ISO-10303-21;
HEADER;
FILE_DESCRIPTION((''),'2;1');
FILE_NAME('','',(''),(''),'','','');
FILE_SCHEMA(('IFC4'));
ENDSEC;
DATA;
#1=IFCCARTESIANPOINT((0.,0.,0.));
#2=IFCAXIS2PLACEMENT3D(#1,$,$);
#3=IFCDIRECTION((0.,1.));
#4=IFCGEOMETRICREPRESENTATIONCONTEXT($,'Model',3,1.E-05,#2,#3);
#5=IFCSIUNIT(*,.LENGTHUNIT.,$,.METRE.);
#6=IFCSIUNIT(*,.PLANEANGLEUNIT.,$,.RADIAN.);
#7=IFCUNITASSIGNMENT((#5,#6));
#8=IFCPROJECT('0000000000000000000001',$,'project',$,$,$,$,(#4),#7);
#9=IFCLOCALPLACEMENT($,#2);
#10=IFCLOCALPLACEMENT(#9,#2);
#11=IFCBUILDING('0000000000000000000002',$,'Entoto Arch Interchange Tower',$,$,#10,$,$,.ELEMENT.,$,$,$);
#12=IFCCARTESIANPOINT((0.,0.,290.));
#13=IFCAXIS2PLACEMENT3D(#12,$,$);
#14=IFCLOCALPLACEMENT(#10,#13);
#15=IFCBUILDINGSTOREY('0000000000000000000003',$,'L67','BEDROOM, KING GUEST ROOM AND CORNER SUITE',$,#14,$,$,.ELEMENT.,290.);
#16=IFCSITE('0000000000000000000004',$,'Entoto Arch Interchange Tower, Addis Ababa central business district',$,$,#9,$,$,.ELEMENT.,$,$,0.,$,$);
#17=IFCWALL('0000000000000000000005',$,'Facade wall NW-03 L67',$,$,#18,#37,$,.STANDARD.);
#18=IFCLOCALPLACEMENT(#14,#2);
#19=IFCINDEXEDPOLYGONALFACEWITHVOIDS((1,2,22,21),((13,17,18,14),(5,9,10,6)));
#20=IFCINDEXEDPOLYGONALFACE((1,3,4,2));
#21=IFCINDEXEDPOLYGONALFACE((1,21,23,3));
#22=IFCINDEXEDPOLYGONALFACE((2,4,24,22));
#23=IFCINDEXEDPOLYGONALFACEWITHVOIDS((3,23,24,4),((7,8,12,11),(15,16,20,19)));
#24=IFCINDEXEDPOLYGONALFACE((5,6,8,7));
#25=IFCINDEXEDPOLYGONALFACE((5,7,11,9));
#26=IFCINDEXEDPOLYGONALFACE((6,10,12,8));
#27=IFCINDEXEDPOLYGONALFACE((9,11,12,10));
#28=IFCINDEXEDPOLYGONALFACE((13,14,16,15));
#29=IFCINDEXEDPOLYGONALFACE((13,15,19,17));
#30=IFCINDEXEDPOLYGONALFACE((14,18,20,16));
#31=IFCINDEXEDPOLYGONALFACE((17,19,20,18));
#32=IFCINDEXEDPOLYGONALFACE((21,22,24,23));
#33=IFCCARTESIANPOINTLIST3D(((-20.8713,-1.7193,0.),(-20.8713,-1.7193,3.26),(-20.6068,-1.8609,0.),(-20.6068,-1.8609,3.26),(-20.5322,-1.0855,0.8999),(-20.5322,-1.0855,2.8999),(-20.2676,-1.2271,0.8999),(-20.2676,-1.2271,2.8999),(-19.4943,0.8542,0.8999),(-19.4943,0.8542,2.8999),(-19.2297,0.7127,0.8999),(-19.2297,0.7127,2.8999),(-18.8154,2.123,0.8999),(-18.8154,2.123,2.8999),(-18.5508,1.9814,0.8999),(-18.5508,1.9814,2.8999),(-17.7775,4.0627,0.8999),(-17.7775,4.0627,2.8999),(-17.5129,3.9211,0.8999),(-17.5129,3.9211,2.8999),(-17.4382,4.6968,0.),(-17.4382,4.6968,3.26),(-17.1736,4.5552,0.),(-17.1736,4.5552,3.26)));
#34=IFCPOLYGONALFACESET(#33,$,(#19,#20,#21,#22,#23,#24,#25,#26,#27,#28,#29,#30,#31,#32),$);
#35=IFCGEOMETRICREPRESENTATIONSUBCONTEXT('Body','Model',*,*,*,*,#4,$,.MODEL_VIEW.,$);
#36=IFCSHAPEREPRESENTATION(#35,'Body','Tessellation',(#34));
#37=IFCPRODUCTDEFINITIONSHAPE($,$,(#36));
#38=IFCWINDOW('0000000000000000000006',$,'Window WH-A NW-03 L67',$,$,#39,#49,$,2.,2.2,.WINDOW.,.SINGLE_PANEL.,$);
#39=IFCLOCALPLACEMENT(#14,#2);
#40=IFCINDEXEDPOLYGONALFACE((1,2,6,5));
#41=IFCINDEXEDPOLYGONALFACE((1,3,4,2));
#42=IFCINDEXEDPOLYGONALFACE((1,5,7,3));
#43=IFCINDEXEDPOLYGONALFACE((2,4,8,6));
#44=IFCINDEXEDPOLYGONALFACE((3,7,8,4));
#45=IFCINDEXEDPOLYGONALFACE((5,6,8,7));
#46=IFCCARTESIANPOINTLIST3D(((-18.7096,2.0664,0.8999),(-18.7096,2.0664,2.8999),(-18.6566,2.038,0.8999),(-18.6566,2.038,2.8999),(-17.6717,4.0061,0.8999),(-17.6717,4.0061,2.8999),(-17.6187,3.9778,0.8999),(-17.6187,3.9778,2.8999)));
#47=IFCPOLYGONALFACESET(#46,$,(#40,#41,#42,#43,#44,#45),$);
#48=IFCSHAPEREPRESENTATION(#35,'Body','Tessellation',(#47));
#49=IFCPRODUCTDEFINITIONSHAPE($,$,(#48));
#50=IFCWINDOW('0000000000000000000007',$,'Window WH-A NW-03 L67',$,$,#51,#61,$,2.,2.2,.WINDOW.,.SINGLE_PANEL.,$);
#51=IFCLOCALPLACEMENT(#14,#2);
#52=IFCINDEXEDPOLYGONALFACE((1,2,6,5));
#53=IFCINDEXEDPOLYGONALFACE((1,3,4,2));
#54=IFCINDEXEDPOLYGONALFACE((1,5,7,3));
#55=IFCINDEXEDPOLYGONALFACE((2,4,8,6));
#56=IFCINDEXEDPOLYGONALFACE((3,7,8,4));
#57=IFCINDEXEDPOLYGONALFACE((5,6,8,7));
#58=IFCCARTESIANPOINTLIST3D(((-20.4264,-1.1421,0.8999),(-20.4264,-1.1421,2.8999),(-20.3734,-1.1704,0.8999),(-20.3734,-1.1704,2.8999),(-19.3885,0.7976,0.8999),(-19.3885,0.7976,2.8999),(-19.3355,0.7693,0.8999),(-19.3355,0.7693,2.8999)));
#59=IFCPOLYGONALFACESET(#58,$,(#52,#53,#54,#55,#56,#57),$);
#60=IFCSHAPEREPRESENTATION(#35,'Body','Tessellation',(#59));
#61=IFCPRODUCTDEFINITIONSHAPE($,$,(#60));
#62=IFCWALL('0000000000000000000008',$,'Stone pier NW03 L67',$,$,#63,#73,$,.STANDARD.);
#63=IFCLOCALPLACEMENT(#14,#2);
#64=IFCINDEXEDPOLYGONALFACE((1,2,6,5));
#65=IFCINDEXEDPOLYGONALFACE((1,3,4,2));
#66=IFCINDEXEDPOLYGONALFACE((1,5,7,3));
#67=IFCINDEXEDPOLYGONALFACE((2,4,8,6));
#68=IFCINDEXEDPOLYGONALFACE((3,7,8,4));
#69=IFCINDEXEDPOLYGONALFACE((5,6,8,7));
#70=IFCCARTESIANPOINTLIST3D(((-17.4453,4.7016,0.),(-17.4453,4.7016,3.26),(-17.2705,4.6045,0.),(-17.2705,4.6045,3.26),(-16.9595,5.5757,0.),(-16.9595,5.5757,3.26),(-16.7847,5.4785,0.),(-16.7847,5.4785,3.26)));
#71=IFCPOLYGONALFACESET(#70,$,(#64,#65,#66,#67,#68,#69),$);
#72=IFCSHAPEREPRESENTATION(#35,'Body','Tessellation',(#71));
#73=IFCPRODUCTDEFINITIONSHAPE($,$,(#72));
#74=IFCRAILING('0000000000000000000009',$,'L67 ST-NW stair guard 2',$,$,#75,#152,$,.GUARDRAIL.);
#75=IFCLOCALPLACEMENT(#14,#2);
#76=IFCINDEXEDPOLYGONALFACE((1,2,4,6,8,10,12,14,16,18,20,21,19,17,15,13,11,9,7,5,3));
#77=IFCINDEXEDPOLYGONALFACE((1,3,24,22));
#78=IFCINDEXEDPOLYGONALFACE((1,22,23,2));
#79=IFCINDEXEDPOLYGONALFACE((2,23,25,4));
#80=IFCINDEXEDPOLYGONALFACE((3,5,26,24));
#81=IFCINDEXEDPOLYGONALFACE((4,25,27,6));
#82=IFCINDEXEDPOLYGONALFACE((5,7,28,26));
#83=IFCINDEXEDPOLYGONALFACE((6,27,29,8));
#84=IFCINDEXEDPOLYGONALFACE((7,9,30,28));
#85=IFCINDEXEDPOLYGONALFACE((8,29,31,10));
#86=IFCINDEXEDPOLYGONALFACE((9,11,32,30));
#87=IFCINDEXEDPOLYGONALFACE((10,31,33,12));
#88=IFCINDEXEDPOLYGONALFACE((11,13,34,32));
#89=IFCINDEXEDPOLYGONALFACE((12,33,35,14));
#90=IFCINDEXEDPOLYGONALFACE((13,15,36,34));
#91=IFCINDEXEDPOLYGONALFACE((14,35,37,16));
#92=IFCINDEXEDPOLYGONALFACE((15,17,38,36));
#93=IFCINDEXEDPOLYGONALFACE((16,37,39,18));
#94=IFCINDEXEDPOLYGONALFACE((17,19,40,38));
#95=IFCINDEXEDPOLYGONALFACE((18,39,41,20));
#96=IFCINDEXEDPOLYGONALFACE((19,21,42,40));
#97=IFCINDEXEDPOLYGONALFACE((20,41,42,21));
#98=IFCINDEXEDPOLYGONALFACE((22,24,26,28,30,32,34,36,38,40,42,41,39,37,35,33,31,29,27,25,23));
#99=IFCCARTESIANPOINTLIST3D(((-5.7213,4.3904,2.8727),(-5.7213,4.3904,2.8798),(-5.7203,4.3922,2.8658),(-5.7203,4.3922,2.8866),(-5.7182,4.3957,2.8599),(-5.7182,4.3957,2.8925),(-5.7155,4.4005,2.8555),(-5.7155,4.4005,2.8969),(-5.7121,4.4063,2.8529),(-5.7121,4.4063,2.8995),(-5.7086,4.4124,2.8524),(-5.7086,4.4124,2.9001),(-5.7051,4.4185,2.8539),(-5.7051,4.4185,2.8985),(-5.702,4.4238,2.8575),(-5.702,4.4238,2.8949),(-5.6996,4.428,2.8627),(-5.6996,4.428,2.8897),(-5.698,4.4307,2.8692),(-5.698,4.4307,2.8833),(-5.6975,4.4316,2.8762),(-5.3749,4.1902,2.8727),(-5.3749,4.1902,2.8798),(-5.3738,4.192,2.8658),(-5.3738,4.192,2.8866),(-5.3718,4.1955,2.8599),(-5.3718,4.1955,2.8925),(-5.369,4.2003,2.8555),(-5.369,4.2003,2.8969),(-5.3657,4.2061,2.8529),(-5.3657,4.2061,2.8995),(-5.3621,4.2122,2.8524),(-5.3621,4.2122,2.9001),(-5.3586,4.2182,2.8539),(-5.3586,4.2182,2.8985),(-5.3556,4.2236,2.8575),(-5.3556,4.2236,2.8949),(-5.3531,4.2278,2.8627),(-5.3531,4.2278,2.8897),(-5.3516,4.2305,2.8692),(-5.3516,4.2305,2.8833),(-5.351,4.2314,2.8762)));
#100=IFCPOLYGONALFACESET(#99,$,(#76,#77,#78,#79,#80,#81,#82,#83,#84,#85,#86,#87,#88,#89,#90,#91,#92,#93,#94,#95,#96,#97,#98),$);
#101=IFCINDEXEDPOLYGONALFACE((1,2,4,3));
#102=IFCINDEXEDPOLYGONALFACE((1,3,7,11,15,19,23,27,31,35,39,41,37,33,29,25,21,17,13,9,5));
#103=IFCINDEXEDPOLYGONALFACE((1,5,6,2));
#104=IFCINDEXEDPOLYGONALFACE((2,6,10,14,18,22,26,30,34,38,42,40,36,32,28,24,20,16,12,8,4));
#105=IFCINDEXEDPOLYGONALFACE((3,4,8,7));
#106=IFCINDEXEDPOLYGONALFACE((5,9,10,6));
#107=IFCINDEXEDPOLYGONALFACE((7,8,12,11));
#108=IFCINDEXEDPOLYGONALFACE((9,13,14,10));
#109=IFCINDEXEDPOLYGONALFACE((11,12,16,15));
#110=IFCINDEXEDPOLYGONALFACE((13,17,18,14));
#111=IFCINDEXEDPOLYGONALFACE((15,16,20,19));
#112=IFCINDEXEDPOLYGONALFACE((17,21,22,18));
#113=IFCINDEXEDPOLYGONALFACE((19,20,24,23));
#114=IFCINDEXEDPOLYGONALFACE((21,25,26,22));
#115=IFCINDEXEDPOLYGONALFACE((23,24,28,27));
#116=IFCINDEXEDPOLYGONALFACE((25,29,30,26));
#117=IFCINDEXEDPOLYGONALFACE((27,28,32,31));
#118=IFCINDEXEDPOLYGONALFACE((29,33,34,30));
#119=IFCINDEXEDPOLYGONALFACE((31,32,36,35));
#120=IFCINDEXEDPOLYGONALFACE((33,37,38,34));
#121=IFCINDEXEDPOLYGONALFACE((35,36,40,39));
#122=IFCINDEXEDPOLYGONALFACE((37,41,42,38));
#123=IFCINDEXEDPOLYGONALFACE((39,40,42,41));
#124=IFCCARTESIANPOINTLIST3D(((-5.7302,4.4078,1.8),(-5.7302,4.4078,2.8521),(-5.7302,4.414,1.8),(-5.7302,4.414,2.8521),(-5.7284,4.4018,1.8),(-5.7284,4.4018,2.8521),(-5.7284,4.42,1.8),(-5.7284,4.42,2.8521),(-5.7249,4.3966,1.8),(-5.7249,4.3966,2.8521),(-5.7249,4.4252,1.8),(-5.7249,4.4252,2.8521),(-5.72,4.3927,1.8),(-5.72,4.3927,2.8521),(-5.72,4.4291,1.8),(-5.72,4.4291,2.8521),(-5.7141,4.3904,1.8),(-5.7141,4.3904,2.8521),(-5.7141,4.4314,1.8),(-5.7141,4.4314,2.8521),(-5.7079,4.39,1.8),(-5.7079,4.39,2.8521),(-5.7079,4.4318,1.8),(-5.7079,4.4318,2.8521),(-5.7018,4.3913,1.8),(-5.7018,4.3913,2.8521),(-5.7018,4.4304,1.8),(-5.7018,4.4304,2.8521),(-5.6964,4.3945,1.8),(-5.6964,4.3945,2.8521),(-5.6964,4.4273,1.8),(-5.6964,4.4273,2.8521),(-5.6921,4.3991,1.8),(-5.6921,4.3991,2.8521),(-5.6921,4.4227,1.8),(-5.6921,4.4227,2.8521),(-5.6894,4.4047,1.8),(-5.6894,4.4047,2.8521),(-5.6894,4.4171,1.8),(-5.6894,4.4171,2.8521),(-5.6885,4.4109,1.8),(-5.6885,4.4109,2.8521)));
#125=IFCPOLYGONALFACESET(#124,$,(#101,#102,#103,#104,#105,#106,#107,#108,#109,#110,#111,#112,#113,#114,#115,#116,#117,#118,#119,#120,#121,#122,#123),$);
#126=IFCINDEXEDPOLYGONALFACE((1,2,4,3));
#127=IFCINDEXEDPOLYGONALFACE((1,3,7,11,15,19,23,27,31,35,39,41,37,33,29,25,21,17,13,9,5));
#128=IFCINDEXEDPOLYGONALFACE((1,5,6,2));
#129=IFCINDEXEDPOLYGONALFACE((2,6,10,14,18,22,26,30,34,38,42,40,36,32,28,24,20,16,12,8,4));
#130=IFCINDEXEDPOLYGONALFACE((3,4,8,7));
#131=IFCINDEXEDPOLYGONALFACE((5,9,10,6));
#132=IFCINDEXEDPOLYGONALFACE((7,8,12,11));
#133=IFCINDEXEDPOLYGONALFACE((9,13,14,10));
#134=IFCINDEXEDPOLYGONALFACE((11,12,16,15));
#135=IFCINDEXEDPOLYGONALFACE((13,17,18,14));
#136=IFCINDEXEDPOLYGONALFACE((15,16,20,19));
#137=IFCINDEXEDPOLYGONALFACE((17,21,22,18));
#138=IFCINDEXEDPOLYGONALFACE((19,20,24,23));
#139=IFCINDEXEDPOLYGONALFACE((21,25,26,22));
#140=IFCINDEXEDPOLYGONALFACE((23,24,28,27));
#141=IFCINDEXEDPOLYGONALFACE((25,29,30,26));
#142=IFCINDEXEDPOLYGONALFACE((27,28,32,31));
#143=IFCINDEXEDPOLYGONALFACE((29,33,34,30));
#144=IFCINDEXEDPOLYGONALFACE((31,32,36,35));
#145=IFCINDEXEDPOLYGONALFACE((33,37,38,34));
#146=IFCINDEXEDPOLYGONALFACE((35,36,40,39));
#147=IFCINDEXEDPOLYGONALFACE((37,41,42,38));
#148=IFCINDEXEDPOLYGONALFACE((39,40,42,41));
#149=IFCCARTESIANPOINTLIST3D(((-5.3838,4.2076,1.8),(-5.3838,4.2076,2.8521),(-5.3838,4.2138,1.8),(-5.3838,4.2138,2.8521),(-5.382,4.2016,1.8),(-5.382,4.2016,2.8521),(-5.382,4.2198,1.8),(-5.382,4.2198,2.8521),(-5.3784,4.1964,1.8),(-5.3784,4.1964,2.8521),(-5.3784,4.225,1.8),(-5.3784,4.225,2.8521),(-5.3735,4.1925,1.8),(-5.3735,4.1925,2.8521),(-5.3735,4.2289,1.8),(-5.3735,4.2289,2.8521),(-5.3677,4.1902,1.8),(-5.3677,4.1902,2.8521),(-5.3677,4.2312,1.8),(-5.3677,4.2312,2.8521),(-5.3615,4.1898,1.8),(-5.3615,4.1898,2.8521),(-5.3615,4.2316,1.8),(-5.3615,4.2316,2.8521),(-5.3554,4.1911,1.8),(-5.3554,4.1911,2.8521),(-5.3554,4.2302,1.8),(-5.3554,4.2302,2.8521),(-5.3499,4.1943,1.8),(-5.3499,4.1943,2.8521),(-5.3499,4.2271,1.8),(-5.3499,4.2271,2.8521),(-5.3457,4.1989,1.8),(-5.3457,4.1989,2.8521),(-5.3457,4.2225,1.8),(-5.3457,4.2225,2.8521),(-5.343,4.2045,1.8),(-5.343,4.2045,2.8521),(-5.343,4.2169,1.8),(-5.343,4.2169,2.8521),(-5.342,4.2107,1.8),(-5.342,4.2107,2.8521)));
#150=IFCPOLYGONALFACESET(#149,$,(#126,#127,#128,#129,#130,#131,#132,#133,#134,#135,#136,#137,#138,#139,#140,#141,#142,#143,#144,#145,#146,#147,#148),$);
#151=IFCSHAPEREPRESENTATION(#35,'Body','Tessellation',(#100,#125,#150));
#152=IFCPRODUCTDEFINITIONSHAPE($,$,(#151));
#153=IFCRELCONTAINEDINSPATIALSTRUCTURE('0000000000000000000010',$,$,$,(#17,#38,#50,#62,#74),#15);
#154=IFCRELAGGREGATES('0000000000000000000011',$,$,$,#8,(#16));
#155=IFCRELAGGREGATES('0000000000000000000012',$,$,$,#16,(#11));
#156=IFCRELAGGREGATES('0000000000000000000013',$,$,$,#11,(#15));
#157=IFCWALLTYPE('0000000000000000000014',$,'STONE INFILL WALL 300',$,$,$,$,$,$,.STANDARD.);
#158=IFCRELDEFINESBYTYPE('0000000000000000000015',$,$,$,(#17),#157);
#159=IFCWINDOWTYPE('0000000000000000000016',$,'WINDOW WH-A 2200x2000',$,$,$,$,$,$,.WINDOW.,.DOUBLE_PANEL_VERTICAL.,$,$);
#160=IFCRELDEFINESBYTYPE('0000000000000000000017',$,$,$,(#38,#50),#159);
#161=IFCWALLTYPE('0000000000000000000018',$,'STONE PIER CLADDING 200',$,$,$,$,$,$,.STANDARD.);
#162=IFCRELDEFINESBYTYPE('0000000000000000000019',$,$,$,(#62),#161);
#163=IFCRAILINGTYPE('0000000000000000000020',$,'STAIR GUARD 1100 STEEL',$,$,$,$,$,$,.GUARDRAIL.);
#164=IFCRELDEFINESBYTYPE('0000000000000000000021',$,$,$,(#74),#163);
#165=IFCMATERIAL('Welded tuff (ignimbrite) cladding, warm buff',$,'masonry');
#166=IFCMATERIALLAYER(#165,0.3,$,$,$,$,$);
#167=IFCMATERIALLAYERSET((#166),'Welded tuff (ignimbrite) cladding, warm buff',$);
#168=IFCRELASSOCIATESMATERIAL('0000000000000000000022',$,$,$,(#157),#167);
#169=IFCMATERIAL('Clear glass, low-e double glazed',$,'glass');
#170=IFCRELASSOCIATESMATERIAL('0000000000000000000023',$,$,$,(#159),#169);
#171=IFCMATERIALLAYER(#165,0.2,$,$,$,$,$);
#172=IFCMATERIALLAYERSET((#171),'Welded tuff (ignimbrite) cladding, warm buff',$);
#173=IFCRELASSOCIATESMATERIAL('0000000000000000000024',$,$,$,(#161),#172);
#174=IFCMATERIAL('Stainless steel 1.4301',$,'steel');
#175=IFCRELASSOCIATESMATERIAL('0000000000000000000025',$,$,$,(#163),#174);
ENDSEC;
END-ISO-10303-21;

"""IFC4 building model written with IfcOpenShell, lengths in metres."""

from ifc_helpers import new_model, si_unit, direction, frame, frame_2d, origin, origin_2d, place, context, subcontext, project, spatial, rectangle, circle, extrude, material, layer, layer_set, type_object, element, fill, save


model = new_model("IFC4")

# Units and contexts
model_context = context("Model", 3, precision=1e-05, world=origin(), true_north=direction((0.0, 1.0)))
body_context = subcontext(model_context, "Body", "Model", "MODEL_VIEW")
ifc_project = project(units=[si_unit("LENGTHUNIT", "METRE"), si_unit("PLANEANGLEUNIT", "RADIAN")], contexts=[model_context])

# Site, building, storey
site_placement = place(None, origin())
site = spatial("IfcSite", under=ifc_project, at=site_placement, Name="Entoto Arch Interchange Tower, Addis Ababa central business district", CompositionType="ELEMENT", RefElevation=0.0)
building_placement = place(site_placement, origin())
building = spatial("IfcBuilding", under=site, at=building_placement, Name="Entoto Arch Interchange Tower", CompositionType="ELEMENT")
storey_placement = place(building_placement, frame((0.0, 0.0, 290.0)))
storey = spatial("IfcBuildingStorey", under=building, at=storey_placement, Name="L67", Description="BEDROOM, KING GUEST ROOM AND CORNER SUITE", CompositionType="ELEMENT", Elevation=290.0)

# Wall, openings, windows
ifc_material_1 = material(Name="Welded tuff (ignimbrite) cladding, warm buff", Category="masonry")
ifc_layer_1 = layer(ifc_material_1, 0.3)
ifc_layer_set_1 = layer_set([ifc_layer_1], Name="Welded tuff (ignimbrite) cladding, warm buff")
wall_type_1 = type_object("IfcWallType", Name="STONE INFILL WALL 300", PredefinedType="STANDARD", material=ifc_layer_set_1)
wall_1_placement = place(storey_placement, frame((-17.3059, 4.626, 0.0), z_axis=(0.0, 0.0, 1.0), x_axis=(-0.471789, -0.881711, 0.0)))
wall_1 = element("IfcWall", 1, at=wall_1_placement, inside=storey, type_object=wall_type_1, Name="Facade wall NW-03 L67", PredefinedType="STANDARD", context=body_context, shape_type="SweptSolid", body=[
    extrude(rectangle(XDim=7.2769, YDim=0.3, at=frame_2d((3.6384, 0.0))), origin(), (0.0, 0.0, 1.0), 3.26),
])
opening_1_placement = place(wall_1_placement, frame((0.719, 0.0, 0.8999)))
opening_1 = element("IfcOpeningElement", 2, at=opening_1_placement, cuts=wall_1, PredefinedType="OPENING", context=body_context, shape_type="SweptSolid", body=[
    extrude(rectangle(XDim=2.2, YDim=2.0, at=frame_2d((1.1001, 1.0))), frame((0.0, 0.1602, 0.0), z_axis=(0.0, -1.0, 0.0), x_axis=(1.0, 0.0, 0.0)), (0.0, 0.0, 1.0), 0.3201),
])
opening_2_placement = place(wall_1_placement, frame((4.3579, 0.0, 0.8999)))
opening_2 = element("IfcOpeningElement", 3, at=opening_2_placement, cuts=wall_1, PredefinedType="OPENING", context=body_context, shape_type="SweptSolid", body=[
    extrude(rectangle(XDim=2.2, YDim=2.0, at=frame_2d((1.1001, 1.0))), frame((0.0, 0.1602, 0.0), z_axis=(0.0, -1.0, 0.0), x_axis=(1.0, 0.0, 0.0)), (0.0, 0.0, 1.0), 0.3201),
])
ifc_material_2 = material(Name="Clear glass, low-e double glazed", Category="glass")
window_type = type_object("IfcWindowType", Name="WINDOW WH-A 2200x2000", PartitioningType="DOUBLE_PANEL_VERTICAL", PredefinedType="WINDOW", material=ifc_material_2)
window_1_placement = place(opening_1_placement, origin())
window_1 = element("IfcWindow", 4, at=window_1_placement, inside=storey, type_object=window_type, Name="Window WH-A NW-03 L67", OverallHeight=2.0, OverallWidth=2.2, PartitioningType="SINGLE_PANEL", PredefinedType="WINDOW", context=body_context, shape_type="SweptSolid", body=[
    extrude(rectangle(XDim=2.2, YDim=2.0, at=frame_2d((1.1001, 1.0))), frame((0.0, 0.03, 0.0), z_axis=(0.0, -1.0, 0.0), x_axis=(1.0, 0.0, 0.0)), (0.0, 0.0, 1.0), 0.0601),
])
fill(opening_1, window_1)
window_2_placement = place(opening_2_placement, origin())
window_2 = element("IfcWindow", 5, at=window_2_placement, inside=storey, type_object=window_type, Name="Window WH-A NW-03 L67", OverallHeight=2.0, OverallWidth=2.2, PartitioningType="SINGLE_PANEL", PredefinedType="WINDOW", context=body_context, shape_type="SweptSolid", body=[
    extrude(rectangle(XDim=2.2, YDim=2.0, at=frame_2d((1.1001, 1.0))), frame((0.0, 0.03, 0.0), z_axis=(0.0, -1.0, 0.0), x_axis=(1.0, 0.0, 0.0)), (0.0, 0.0, 1.0), 0.0601),
])
fill(opening_2, window_2)

# Wall
ifc_layer_2 = layer(ifc_material_1, 0.2)
ifc_layer_set_2 = layer_set([ifc_layer_2], Name="Welded tuff (ignimbrite) cladding, warm buff")
wall_type_2 = type_object("IfcWallType", Name="STONE PIER CLADDING 200", PredefinedType="STANDARD", material=ifc_layer_set_2)
wall_2_placement = place(storey_placement, frame((-16.8721, 5.5271, 0.0), z_axis=(0.0, 0.0, 1.0), x_axis=(-0.48585, -0.874042, 0.0)))
element("IfcWall", 6, at=wall_2_placement, inside=storey, type_object=wall_type_2, Name="Stone pier NW03 L67", PredefinedType="STANDARD", context=body_context, shape_type="SweptSolid", body=[
    extrude(rectangle(XDim=1.0, YDim=0.2, at=frame_2d((0.5, 0.0))), origin(), (0.0, 0.0, 1.0), 3.26),
])

# Railing
ifc_material_3 = material(Name="Stainless steel 1.4301", Category="steel")
railing_type = type_object("IfcRailingType", Name="STAIR GUARD 1100 STEEL", PredefinedType="GUARDRAIL", material=ifc_material_3)
railing_placement = place(storey_placement, frame((-5.7095, 4.4109, 1.8)))
element("IfcRailing", 7, at=railing_placement, inside=storey, type_object=railing_type, Name="L67 ST-NW stair guard 2", PredefinedType="GUARDRAIL", context=body_context, shape_type="SweptSolid", body=[
    extrude(circle(Radius=0.0239, at=origin_2d()), frame((0.0, 0.0, 1.0762), z_axis=(0.86583, -0.500339, 0.0), x_axis=(0.500339, 0.86583, 0.0)), (0.0, 0.0, 1.0), 0.4001),
    extrude(circle(Radius=0.021, at=origin_2d()), origin(), (0.0, 0.0, 1.0), 1.052),
    extrude(circle(Radius=0.021, at=origin_2d()), frame((0.3464, -0.2002, 0.0)), (0.0, 0.0, 1.0), 1.052),
])

save(model, "model.ifc")
